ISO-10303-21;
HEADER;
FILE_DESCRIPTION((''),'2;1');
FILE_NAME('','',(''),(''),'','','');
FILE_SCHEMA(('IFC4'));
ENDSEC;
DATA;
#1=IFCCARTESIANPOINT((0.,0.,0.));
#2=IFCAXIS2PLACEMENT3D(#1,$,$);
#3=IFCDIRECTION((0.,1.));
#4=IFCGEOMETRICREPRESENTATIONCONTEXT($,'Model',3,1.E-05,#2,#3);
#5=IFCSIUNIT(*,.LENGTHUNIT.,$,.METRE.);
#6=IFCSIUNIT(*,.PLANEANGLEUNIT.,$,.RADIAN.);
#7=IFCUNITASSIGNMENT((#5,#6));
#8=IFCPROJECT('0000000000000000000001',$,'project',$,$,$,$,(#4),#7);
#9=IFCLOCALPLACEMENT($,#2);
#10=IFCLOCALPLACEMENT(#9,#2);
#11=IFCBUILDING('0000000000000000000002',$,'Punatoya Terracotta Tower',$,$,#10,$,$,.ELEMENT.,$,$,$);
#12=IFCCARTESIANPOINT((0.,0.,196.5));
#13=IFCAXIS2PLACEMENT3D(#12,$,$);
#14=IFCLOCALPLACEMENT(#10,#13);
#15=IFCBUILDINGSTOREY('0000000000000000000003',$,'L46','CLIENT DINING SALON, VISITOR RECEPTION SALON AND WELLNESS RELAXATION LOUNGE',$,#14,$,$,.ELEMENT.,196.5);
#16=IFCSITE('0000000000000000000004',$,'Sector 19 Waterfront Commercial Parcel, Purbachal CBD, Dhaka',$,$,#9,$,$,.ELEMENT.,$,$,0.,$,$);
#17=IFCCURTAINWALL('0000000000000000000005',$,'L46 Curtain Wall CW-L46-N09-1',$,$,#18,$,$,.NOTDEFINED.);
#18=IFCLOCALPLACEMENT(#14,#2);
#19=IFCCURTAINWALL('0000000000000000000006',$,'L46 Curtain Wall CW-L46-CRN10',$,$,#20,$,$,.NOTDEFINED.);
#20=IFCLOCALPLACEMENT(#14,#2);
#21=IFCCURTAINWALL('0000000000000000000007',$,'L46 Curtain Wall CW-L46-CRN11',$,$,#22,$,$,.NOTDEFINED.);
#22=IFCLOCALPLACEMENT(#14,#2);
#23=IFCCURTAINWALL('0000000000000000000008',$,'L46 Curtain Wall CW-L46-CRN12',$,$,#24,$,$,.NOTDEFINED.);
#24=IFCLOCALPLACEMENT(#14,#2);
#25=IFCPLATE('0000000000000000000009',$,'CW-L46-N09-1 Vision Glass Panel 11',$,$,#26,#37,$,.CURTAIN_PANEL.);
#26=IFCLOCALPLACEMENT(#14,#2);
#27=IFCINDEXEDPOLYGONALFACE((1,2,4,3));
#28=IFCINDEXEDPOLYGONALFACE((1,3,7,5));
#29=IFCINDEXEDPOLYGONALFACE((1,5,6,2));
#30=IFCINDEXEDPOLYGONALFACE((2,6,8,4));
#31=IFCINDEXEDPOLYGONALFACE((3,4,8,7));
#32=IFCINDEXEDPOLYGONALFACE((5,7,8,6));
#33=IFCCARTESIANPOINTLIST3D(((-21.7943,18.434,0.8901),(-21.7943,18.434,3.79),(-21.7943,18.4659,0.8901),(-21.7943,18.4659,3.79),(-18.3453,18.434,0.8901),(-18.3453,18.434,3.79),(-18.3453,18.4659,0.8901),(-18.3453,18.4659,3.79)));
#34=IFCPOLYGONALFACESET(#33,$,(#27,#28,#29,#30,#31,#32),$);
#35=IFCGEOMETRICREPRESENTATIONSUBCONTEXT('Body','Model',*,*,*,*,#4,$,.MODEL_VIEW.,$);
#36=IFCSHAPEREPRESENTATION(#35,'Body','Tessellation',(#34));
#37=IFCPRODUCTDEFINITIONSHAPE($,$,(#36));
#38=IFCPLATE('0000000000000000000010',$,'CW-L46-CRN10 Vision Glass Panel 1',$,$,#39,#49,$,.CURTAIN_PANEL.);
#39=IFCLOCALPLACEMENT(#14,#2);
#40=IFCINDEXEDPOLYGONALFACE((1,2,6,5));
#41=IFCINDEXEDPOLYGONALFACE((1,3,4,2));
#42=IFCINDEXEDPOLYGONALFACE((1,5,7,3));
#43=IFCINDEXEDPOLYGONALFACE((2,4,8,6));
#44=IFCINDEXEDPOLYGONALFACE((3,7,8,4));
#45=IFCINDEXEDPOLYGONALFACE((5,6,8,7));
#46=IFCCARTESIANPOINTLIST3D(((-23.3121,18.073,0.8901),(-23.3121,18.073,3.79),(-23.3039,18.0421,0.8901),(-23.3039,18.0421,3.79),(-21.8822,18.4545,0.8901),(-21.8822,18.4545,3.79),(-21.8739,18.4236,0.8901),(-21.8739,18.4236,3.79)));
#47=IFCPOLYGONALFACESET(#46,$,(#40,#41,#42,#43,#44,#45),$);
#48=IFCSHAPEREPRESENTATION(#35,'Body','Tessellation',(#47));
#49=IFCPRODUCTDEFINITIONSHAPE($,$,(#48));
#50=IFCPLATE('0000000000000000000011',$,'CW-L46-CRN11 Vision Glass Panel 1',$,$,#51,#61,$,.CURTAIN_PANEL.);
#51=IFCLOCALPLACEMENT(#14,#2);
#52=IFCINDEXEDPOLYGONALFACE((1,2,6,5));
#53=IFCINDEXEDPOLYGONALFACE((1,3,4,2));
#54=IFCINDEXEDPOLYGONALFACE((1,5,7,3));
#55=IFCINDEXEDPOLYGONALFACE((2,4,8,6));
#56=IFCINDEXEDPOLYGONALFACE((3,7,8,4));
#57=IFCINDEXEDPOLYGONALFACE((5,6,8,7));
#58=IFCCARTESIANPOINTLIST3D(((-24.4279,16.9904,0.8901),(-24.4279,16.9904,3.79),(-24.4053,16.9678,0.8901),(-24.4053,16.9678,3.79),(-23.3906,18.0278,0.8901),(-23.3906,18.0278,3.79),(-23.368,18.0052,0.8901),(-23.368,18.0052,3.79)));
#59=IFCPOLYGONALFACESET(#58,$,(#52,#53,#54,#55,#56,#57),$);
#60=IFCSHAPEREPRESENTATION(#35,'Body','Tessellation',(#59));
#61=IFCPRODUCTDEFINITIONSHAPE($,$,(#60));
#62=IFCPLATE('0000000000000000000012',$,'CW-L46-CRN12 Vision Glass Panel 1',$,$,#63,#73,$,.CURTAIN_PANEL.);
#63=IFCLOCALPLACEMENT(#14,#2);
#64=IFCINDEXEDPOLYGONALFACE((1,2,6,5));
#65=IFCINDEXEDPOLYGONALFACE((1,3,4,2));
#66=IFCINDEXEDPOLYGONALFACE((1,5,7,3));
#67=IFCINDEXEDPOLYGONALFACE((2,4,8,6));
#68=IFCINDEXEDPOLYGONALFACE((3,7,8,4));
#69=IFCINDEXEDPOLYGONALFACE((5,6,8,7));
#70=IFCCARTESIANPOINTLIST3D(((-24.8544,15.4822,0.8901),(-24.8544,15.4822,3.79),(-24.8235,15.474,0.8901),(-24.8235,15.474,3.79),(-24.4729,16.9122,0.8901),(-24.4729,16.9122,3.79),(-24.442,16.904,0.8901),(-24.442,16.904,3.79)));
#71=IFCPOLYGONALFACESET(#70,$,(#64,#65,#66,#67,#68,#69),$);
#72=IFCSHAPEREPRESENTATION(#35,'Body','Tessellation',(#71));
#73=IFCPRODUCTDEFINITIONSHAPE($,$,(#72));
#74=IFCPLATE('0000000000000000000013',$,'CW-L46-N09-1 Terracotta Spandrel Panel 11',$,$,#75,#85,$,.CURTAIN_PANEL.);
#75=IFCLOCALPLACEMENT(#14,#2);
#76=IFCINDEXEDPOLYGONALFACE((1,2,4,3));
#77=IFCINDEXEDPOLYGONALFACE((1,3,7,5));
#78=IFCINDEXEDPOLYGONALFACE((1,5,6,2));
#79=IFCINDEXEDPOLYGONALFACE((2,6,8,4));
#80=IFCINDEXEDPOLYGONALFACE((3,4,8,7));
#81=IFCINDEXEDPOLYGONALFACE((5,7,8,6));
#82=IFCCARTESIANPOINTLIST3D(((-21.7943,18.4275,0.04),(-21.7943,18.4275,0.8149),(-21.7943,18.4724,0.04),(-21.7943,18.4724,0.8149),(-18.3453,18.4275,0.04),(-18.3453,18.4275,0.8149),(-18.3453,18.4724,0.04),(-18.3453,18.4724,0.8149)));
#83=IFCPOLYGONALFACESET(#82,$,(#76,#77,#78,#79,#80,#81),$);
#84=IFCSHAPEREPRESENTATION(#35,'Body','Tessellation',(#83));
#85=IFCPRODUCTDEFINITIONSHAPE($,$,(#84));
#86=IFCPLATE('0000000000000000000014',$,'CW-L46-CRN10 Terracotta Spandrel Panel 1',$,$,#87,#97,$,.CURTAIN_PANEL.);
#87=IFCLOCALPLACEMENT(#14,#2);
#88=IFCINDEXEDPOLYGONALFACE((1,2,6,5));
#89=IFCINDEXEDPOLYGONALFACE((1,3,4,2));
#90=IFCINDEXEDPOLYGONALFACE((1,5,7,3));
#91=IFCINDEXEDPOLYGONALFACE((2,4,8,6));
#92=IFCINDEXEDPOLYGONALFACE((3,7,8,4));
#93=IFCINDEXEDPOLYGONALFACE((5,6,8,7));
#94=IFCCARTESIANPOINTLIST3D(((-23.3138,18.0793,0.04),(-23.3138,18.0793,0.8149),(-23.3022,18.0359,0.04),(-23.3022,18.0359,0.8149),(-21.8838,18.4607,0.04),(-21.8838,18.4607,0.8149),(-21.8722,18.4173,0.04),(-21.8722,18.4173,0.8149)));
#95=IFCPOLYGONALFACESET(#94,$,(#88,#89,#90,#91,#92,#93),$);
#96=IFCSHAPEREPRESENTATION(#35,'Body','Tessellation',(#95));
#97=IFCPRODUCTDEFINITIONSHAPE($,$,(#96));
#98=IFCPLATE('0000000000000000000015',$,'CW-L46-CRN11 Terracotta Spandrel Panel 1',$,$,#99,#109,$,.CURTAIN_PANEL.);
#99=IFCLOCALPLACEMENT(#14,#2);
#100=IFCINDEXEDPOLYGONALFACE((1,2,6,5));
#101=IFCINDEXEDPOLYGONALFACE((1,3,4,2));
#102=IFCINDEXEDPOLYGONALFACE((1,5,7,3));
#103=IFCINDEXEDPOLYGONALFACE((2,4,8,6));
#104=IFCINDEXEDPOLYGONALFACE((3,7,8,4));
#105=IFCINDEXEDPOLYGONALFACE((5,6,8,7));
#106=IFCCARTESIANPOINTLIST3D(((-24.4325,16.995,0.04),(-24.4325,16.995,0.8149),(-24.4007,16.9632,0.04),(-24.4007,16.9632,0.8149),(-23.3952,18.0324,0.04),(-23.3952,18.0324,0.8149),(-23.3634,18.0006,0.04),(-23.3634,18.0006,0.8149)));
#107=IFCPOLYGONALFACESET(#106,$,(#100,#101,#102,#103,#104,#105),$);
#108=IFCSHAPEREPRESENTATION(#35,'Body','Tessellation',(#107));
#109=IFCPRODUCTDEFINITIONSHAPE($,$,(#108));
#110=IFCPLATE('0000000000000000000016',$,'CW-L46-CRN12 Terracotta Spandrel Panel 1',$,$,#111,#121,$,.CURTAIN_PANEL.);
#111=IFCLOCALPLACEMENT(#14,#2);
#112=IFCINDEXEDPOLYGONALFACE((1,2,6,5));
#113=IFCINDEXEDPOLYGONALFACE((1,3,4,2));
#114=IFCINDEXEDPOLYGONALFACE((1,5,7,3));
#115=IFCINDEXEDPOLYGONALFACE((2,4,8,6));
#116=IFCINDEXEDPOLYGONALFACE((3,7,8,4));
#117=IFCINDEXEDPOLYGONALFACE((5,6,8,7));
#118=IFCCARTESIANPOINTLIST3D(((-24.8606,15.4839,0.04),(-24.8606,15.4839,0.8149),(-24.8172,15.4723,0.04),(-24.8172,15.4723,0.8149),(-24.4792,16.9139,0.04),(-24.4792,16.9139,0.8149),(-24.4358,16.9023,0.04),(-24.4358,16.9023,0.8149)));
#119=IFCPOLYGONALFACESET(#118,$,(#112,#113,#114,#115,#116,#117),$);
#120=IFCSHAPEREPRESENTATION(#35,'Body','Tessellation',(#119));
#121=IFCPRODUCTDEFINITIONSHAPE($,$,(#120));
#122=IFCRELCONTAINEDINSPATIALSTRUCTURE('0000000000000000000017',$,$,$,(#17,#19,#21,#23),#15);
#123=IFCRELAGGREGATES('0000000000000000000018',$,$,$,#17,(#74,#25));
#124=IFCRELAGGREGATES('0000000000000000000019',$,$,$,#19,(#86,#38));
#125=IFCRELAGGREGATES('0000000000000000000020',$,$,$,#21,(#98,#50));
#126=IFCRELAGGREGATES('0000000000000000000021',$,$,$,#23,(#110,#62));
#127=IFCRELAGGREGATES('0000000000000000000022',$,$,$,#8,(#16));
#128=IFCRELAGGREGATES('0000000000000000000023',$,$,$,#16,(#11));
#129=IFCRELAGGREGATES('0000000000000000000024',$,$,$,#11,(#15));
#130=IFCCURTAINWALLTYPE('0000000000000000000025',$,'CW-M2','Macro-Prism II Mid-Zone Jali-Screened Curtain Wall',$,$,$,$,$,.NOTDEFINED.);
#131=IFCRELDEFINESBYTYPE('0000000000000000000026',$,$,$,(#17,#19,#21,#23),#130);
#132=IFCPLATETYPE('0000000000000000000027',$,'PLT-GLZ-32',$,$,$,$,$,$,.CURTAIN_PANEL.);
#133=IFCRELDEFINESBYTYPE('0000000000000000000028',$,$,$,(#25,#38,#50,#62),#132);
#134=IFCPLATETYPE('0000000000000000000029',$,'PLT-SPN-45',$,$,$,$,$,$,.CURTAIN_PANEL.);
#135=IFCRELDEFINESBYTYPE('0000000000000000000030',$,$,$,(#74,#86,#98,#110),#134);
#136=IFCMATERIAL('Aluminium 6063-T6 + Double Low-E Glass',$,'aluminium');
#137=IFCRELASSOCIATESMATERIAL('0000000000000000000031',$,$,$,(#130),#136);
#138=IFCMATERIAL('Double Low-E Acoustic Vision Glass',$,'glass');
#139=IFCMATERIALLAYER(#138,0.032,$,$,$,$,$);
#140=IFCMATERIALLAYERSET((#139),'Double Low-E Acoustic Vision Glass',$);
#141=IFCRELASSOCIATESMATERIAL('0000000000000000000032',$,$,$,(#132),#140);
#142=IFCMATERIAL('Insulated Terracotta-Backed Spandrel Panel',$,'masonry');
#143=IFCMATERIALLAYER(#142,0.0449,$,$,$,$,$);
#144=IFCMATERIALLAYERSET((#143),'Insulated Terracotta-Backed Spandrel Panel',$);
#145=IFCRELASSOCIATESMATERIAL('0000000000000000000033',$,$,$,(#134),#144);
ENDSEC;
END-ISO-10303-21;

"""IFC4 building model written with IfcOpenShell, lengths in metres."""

from ifc_helpers import new_model, si_unit, direction, frame, origin, origin_2d, place, context, subcontext, project, spatial, rectangle, extrude, material, layer, layer_set, type_object, element, aggregate, save


model = new_model("IFC4")

# Units and contexts
model_context = context("Model", 3, precision=1e-05, world=origin(), true_north=direction((0.0, 1.0)))
body_context = subcontext(model_context, "Body", "Model", "MODEL_VIEW")
ifc_project = project(units=[si_unit("LENGTHUNIT", "METRE"), si_unit("PLANEANGLEUNIT", "RADIAN")], contexts=[model_context])

# Site, building, storey
site_placement = place(None, origin())
site = spatial("IfcSite", under=ifc_project, at=site_placement, Name="Sector 19 Waterfront Commercial Parcel, Purbachal CBD, Dhaka", CompositionType="ELEMENT", RefElevation=0.0)
building_placement = place(site_placement, origin())
building = spatial("IfcBuilding", under=site, at=building_placement, Name="Punatoya Terracotta Tower", CompositionType="ELEMENT")
storey_placement = place(building_placement, frame((0.0, 0.0, 196.5)))
storey = spatial("IfcBuildingStorey", under=building, at=storey_placement, Name="L46", Description="CLIENT DINING SALON, VISITOR RECEPTION SALON AND WELLNESS RELAXATION LOUNGE", CompositionType="ELEMENT", Elevation=196.5)

# Curtain wall
ifc_material_1 = material(Name="Aluminium 6063-T6 + Double Low-E Glass", Category="aluminium")
curtain_wall_type = type_object("IfcCurtainWallType", Name="CW-M2", Description="Macro-Prism II Mid-Zone Jali-Screened Curtain Wall", PredefinedType="NOTDEFINED", material=ifc_material_1)
curtain_wall_1_placement = place(storey_placement, origin())
curtain_wall_1 = element("IfcCurtainWall", 1, at=curtain_wall_1_placement, inside=storey, type_object=curtain_wall_type, Name="L46 Curtain Wall CW-L46-N09-1", PredefinedType="NOTDEFINED")

# Curtain walls
curtain_wall_2_placement = place(storey_placement, origin())
curtain_wall_2 = element("IfcCurtainWall", 2, at=curtain_wall_2_placement, inside=storey, type_object=curtain_wall_type, Name="L46 Curtain Wall CW-L46-CRN10", PredefinedType="NOTDEFINED")
curtain_wall_3_placement = place(storey_placement, origin())
curtain_wall_3 = element("IfcCurtainWall", 3, at=curtain_wall_3_placement, inside=storey, type_object=curtain_wall_type, Name="L46 Curtain Wall CW-L46-CRN11", PredefinedType="NOTDEFINED")
curtain_wall_4_placement = place(storey_placement, origin())
curtain_wall_4 = element("IfcCurtainWall", 4, at=curtain_wall_4_placement, inside=storey, type_object=curtain_wall_type, Name="L46 Curtain Wall CW-L46-CRN12", PredefinedType="NOTDEFINED")

# Plates
ifc_material_2 = material(Name="Double Low-E Acoustic Vision Glass", Category="glass")
ifc_layer_1 = layer(ifc_material_2, 0.032)
ifc_layer_set_1 = layer_set([ifc_layer_1], Name="Double Low-E Acoustic Vision Glass")
plate_type_1 = type_object("IfcPlateType", Name="PLT-GLZ-32", PredefinedType="CURTAIN_PANEL", material=ifc_layer_set_1)
plate_1_placement = place(storey_placement, frame((-20.0698, 18.45, 0.8901), z_axis=(0.0, 0.0, 1.0), x_axis=(-1.0, 0.0, 0.0)))
plate_1 = element("IfcPlate", 5, at=plate_1_placement, type_object=plate_type_1, Name="CW-L46-N09-1 Vision Glass Panel 11", PredefinedType="CURTAIN_PANEL", context=body_context, shape_type="SweptSolid", body=[
    extrude(rectangle(XDim=3.449, YDim=0.032, at=origin_2d()), origin(), (0.0, 0.0, 1.0), 2.8999),
])
plate_2_placement = place(storey_placement, frame((-22.593, 18.2483, 0.8901), z_axis=(0.0, 0.0, 1.0), x_axis=(-0.966214, -0.257742, 0.0)))
plate_2 = element("IfcPlate", 6, at=plate_2_placement, type_object=plate_type_1, Name="CW-L46-CRN10 Vision Glass Panel 1", PredefinedType="CURTAIN_PANEL", context=body_context, shape_type="SweptSolid", body=[
    extrude(rectangle(XDim=1.48, YDim=0.032, at=origin_2d()), origin(), (0.0, 0.0, 1.0), 2.8999),
])
plate_3_placement = place(storey_placement, frame((-23.8979, 17.4978, 0.8901), z_axis=(0.0, 0.0, 1.0), x_axis=(-0.707107, -0.707107, 0.0)))
plate_3 = element("IfcPlate", 7, at=plate_3_placement, type_object=plate_type_1, Name="CW-L46-CRN11 Vision Glass Panel 1", PredefinedType="CURTAIN_PANEL", context=body_context, shape_type="SweptSolid", body=[
    extrude(rectangle(XDim=1.467, YDim=0.032, at=origin_2d()), origin(), (0.0, 0.0, 1.0), 2.8999),
])
plate_4_placement = place(storey_placement, frame((-24.6482, 16.1931, 0.8901), z_axis=(0.0, 0.0, 1.0), x_axis=(-0.257742, -0.966214, 0.0)))
plate_4 = element("IfcPlate", 8, at=plate_4_placement, type_object=plate_type_1, Name="CW-L46-CRN12 Vision Glass Panel 1", PredefinedType="CURTAIN_PANEL", context=body_context, shape_type="SweptSolid", body=[
    extrude(rectangle(XDim=1.48, YDim=0.032, at=origin_2d()), origin(), (0.0, 0.0, 1.0), 2.8999),
])
ifc_material_3 = material(Name="Insulated Terracotta-Backed Spandrel Panel", Category="masonry")
ifc_layer_2 = layer(ifc_material_3, 0.0449)
ifc_layer_set_2 = layer_set([ifc_layer_2], Name="Insulated Terracotta-Backed Spandrel Panel")
plate_type_2 = type_object("IfcPlateType", Name="PLT-SPN-45", PredefinedType="CURTAIN_PANEL", material=ifc_layer_set_2)
plate_5_placement = place(storey_placement, frame((-20.0698, 18.45, 0.04), z_axis=(0.0, 0.0, 1.0), x_axis=(-1.0, 0.0, 0.0)))
plate_5 = element("IfcPlate", 9, at=plate_5_placement, type_object=plate_type_2, Name="CW-L46-N09-1 Terracotta Spandrel Panel 11", PredefinedType="CURTAIN_PANEL", context=body_context, shape_type="SweptSolid", body=[
    extrude(rectangle(XDim=3.449, YDim=0.0449, at=origin_2d()), origin(), (0.0, 0.0, 1.0), 0.7749),
])
aggregate(curtain_wall_1, [plate_5, plate_1])
plate_6_placement = place(storey_placement, frame((-22.593, 18.2483, 0.04), z_axis=(0.0, 0.0, 1.0), x_axis=(-0.966214, -0.257742, 0.0)))
plate_6 = element("IfcPlate", 10, at=plate_6_placement, type_object=plate_type_2, Name="CW-L46-CRN10 Terracotta Spandrel Panel 1", PredefinedType="CURTAIN_PANEL", context=body_context, shape_type="SweptSolid", body=[
    extrude(rectangle(XDim=1.48, YDim=0.0449, at=origin_2d()), origin(), (0.0, 0.0, 1.0), 0.7749),
])
aggregate(curtain_wall_2, [plate_6, plate_2])
plate_7_placement = place(storey_placement, frame((-23.8979, 17.4978, 0.04), z_axis=(0.0, 0.0, 1.0), x_axis=(-0.707107, -0.707107, 0.0)))
plate_7 = element("IfcPlate", 11, at=plate_7_placement, type_object=plate_type_2, Name="CW-L46-CRN11 Terracotta Spandrel Panel 1", PredefinedType="CURTAIN_PANEL", context=body_context, shape_type="SweptSolid", body=[
    extrude(rectangle(XDim=1.467, YDim=0.0449, at=origin_2d()), origin(), (0.0, 0.0, 1.0), 0.7749),
])
aggregate(curtain_wall_3, [plate_7, plate_3])
plate_8_placement = place(storey_placement, frame((-24.6482, 16.1931, 0.04), z_axis=(0.0, 0.0, 1.0), x_axis=(-0.257742, -0.966214, 0.0)))
plate_8 = element("IfcPlate", 12, at=plate_8_placement, type_object=plate_type_2, Name="CW-L46-CRN12 Terracotta Spandrel Panel 1", PredefinedType="CURTAIN_PANEL", context=body_context, shape_type="SweptSolid", body=[
    extrude(rectangle(XDim=1.48, YDim=0.0449, at=origin_2d()), origin(), (0.0, 0.0, 1.0), 0.7749),
])
aggregate(curtain_wall_4, [plate_8, plate_4])

save(model, "model.ifc")
